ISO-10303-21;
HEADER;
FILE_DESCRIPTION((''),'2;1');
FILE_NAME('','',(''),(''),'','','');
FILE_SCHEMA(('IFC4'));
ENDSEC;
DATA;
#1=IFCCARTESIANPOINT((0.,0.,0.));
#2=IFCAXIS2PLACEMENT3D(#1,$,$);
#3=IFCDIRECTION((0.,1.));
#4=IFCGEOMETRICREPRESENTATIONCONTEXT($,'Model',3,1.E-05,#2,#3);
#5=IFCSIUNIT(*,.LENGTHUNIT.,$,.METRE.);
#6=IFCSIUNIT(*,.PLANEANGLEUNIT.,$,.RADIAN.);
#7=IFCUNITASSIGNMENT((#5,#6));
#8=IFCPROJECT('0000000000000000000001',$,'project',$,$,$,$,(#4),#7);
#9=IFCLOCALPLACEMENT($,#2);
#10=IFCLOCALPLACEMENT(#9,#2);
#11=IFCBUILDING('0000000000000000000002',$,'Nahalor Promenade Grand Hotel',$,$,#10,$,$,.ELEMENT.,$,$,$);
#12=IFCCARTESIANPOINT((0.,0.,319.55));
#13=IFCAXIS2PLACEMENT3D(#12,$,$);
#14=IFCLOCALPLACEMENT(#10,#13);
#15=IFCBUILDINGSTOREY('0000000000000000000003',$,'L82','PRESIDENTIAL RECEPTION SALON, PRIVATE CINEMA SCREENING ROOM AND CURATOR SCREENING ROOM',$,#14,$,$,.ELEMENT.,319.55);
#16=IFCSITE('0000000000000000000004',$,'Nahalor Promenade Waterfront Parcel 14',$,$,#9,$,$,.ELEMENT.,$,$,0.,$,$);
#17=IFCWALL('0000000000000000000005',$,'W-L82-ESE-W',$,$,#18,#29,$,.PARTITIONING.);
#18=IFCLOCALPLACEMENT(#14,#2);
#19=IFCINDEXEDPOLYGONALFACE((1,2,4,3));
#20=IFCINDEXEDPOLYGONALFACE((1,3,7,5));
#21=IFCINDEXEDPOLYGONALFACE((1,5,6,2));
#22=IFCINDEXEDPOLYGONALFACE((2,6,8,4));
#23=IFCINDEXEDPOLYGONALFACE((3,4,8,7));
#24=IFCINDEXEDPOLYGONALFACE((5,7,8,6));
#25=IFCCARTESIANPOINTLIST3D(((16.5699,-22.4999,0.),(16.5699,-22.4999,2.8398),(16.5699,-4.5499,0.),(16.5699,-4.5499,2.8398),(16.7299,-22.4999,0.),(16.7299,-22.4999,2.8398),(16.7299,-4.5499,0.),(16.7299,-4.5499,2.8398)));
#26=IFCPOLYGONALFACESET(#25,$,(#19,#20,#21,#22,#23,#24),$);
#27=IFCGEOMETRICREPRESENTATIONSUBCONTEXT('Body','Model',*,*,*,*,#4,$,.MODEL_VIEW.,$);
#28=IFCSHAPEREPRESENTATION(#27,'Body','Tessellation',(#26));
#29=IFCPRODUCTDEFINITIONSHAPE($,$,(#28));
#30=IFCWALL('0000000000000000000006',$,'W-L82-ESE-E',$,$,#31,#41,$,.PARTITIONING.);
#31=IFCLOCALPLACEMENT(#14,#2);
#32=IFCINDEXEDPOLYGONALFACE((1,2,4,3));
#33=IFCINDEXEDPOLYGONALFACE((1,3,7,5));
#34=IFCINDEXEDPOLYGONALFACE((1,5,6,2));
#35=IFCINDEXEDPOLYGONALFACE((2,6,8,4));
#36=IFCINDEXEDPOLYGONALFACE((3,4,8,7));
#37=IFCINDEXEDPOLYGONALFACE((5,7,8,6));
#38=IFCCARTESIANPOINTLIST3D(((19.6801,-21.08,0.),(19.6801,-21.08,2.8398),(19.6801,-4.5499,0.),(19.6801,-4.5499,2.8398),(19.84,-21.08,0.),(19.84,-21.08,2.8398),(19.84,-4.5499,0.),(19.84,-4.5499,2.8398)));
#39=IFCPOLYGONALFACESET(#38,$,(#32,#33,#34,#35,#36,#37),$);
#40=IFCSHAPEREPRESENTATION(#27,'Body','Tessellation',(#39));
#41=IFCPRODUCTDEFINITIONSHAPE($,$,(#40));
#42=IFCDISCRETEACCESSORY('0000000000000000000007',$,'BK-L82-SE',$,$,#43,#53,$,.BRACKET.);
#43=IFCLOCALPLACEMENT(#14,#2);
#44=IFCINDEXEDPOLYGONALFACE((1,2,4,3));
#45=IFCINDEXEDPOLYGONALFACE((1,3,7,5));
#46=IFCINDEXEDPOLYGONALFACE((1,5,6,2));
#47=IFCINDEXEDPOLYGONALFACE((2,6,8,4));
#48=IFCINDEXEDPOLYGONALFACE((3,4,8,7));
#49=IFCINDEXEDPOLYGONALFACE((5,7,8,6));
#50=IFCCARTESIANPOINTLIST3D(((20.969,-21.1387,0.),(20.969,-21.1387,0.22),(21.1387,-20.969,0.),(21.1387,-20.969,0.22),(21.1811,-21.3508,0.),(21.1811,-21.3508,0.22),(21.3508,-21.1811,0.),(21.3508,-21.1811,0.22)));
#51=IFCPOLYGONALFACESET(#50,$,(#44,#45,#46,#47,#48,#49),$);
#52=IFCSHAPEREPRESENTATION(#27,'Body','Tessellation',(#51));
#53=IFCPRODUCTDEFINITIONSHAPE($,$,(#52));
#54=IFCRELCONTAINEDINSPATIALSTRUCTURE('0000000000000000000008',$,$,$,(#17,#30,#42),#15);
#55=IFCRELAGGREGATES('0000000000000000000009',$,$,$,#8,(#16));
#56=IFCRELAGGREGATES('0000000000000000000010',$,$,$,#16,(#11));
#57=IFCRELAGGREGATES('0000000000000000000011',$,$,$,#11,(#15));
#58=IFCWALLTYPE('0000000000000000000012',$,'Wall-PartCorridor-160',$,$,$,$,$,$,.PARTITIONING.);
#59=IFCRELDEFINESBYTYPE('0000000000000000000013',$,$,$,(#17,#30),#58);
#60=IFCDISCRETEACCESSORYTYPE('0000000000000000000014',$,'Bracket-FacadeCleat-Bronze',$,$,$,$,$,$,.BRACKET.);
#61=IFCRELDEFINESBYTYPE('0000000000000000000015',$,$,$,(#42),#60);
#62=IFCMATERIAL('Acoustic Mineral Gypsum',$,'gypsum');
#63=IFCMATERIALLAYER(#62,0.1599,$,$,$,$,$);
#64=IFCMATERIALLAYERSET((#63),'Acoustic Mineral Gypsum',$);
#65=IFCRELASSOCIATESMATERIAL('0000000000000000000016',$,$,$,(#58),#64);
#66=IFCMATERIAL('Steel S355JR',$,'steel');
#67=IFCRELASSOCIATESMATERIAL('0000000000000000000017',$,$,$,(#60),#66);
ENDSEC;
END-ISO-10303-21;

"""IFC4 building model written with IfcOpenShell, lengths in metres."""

from ifc_helpers import new_model, si_unit, direction, frame, frame_2d, origin, origin_2d, place, context, subcontext, project, spatial, rectangle, extrude, source, transform, mapped, material, layer, layer_set, type_object, element, save


model = new_model("IFC4")

# Units and contexts
model_context = context("Model", 3, precision=1e-05, world=origin(), true_north=direction((0.0, 1.0)))
body_context = subcontext(model_context, "Body", "Model", "MODEL_VIEW")
ifc_project = project(units=[si_unit("LENGTHUNIT", "METRE"), si_unit("PLANEANGLEUNIT", "RADIAN")], contexts=[model_context])

# Site, building, storey
site_placement = place(None, origin())
site = spatial("IfcSite", under=ifc_project, at=site_placement, Name="Nahalor Promenade Waterfront Parcel 14", CompositionType="ELEMENT", RefElevation=0.0)
building_placement = place(site_placement, origin())
building = spatial("IfcBuilding", under=site, at=building_placement, Name="Nahalor Promenade Grand Hotel", CompositionType="ELEMENT")
storey_placement = place(building_placement, frame((0.0, 0.0, 319.55)))
storey = spatial("IfcBuildingStorey", under=building, at=storey_placement, Name="L82", Description="PRESIDENTIAL RECEPTION SALON, PRIVATE CINEMA SCREENING ROOM AND CURATOR SCREENING ROOM", CompositionType="ELEMENT", Elevation=319.55)

# Shared definitions
ifc_material_1 = material(Name="Steel S355JR", Category="steel")

# Walls
ifc_material_2 = material(Name="Acoustic Mineral Gypsum", Category="gypsum")
ifc_layer_1 = layer(ifc_material_2, 0.1599)
ifc_layer_set_1 = layer_set([ifc_layer_1], Name="Acoustic Mineral Gypsum")
wall_type_1 = type_object("IfcWallType", Name="Wall-PartCorridor-160", PredefinedType="PARTITIONING", material=ifc_layer_set_1)
shared_shape_1 = source(origin(), body_context, "Body", "SweptSolid", [
    extrude(rectangle(XDim=17.95, YDim=0.1599, at=frame_2d((8.9751, 0.0))), origin(), (0.0, 0.0, 1.0), 2.8398),
])
wall_1_placement = place(storey_placement, frame((16.6499, -22.5, 0.0), z_axis=(0.0, 0.0, 1.0), x_axis=(0.0, 1.0, 0.0)))
element("IfcWall", 1, at=wall_1_placement, inside=storey, type_object=wall_type_1, Name="W-L82-ESE-W", PredefinedType="PARTITIONING", context=body_context, shape_type="MappedRepresentation", body=[
    mapped(shared_shape_1, transform((0.0, 0.0, 0.0), scale=1.0)),
])
shared_shape_2 = source(origin(), body_context, "Body", "SweptSolid", [
    extrude(rectangle(XDim=16.53, YDim=0.1599, at=frame_2d((8.2651, 0.0))), origin(), (0.0, 0.0, 1.0), 2.8398),
])
wall_2_placement = place(storey_placement, frame((19.76, -21.0801, 0.0), z_axis=(0.0, 0.0, 1.0), x_axis=(0.0, 1.0, 0.0)))
element("IfcWall", 2, at=wall_2_placement, inside=storey, type_object=wall_type_1, Name="W-L82-ESE-E", PredefinedType="PARTITIONING", context=body_context, shape_type="MappedRepresentation", body=[
    mapped(shared_shape_2, transform((0.0, 0.0, 0.0), scale=1.0)),
])

# Discrete accessory
discrete_accessory_type = type_object("IfcDiscreteAccessoryType", Name="Bracket-FacadeCleat-Bronze", PredefinedType="BRACKET", material=ifc_material_1)
shared_shape_3 = source(origin(), body_context, "Body", "SweptSolid", [
    extrude(rectangle(XDim=0.3, YDim=0.24, at=origin_2d()), origin(), (0.0, 0.0, 1.0), 0.22),
])
discrete_accessory_placement = place(storey_placement, frame((21.1599, -21.1599, 0.0), z_axis=(0.0, 0.0, 1.0), x_axis=(-0.707107, 0.707107, 0.0)))
element("IfcDiscreteAccessory", 3, at=discrete_accessory_placement, inside=storey, type_object=discrete_accessory_type, Name="BK-L82-SE", PredefinedType="BRACKET", context=body_context, shape_type="MappedRepresentation", body=[
    mapped(shared_shape_3, transform((0.0, 0.0, 0.0), scale=1.0)),
])

save(model, "model.ifc")
